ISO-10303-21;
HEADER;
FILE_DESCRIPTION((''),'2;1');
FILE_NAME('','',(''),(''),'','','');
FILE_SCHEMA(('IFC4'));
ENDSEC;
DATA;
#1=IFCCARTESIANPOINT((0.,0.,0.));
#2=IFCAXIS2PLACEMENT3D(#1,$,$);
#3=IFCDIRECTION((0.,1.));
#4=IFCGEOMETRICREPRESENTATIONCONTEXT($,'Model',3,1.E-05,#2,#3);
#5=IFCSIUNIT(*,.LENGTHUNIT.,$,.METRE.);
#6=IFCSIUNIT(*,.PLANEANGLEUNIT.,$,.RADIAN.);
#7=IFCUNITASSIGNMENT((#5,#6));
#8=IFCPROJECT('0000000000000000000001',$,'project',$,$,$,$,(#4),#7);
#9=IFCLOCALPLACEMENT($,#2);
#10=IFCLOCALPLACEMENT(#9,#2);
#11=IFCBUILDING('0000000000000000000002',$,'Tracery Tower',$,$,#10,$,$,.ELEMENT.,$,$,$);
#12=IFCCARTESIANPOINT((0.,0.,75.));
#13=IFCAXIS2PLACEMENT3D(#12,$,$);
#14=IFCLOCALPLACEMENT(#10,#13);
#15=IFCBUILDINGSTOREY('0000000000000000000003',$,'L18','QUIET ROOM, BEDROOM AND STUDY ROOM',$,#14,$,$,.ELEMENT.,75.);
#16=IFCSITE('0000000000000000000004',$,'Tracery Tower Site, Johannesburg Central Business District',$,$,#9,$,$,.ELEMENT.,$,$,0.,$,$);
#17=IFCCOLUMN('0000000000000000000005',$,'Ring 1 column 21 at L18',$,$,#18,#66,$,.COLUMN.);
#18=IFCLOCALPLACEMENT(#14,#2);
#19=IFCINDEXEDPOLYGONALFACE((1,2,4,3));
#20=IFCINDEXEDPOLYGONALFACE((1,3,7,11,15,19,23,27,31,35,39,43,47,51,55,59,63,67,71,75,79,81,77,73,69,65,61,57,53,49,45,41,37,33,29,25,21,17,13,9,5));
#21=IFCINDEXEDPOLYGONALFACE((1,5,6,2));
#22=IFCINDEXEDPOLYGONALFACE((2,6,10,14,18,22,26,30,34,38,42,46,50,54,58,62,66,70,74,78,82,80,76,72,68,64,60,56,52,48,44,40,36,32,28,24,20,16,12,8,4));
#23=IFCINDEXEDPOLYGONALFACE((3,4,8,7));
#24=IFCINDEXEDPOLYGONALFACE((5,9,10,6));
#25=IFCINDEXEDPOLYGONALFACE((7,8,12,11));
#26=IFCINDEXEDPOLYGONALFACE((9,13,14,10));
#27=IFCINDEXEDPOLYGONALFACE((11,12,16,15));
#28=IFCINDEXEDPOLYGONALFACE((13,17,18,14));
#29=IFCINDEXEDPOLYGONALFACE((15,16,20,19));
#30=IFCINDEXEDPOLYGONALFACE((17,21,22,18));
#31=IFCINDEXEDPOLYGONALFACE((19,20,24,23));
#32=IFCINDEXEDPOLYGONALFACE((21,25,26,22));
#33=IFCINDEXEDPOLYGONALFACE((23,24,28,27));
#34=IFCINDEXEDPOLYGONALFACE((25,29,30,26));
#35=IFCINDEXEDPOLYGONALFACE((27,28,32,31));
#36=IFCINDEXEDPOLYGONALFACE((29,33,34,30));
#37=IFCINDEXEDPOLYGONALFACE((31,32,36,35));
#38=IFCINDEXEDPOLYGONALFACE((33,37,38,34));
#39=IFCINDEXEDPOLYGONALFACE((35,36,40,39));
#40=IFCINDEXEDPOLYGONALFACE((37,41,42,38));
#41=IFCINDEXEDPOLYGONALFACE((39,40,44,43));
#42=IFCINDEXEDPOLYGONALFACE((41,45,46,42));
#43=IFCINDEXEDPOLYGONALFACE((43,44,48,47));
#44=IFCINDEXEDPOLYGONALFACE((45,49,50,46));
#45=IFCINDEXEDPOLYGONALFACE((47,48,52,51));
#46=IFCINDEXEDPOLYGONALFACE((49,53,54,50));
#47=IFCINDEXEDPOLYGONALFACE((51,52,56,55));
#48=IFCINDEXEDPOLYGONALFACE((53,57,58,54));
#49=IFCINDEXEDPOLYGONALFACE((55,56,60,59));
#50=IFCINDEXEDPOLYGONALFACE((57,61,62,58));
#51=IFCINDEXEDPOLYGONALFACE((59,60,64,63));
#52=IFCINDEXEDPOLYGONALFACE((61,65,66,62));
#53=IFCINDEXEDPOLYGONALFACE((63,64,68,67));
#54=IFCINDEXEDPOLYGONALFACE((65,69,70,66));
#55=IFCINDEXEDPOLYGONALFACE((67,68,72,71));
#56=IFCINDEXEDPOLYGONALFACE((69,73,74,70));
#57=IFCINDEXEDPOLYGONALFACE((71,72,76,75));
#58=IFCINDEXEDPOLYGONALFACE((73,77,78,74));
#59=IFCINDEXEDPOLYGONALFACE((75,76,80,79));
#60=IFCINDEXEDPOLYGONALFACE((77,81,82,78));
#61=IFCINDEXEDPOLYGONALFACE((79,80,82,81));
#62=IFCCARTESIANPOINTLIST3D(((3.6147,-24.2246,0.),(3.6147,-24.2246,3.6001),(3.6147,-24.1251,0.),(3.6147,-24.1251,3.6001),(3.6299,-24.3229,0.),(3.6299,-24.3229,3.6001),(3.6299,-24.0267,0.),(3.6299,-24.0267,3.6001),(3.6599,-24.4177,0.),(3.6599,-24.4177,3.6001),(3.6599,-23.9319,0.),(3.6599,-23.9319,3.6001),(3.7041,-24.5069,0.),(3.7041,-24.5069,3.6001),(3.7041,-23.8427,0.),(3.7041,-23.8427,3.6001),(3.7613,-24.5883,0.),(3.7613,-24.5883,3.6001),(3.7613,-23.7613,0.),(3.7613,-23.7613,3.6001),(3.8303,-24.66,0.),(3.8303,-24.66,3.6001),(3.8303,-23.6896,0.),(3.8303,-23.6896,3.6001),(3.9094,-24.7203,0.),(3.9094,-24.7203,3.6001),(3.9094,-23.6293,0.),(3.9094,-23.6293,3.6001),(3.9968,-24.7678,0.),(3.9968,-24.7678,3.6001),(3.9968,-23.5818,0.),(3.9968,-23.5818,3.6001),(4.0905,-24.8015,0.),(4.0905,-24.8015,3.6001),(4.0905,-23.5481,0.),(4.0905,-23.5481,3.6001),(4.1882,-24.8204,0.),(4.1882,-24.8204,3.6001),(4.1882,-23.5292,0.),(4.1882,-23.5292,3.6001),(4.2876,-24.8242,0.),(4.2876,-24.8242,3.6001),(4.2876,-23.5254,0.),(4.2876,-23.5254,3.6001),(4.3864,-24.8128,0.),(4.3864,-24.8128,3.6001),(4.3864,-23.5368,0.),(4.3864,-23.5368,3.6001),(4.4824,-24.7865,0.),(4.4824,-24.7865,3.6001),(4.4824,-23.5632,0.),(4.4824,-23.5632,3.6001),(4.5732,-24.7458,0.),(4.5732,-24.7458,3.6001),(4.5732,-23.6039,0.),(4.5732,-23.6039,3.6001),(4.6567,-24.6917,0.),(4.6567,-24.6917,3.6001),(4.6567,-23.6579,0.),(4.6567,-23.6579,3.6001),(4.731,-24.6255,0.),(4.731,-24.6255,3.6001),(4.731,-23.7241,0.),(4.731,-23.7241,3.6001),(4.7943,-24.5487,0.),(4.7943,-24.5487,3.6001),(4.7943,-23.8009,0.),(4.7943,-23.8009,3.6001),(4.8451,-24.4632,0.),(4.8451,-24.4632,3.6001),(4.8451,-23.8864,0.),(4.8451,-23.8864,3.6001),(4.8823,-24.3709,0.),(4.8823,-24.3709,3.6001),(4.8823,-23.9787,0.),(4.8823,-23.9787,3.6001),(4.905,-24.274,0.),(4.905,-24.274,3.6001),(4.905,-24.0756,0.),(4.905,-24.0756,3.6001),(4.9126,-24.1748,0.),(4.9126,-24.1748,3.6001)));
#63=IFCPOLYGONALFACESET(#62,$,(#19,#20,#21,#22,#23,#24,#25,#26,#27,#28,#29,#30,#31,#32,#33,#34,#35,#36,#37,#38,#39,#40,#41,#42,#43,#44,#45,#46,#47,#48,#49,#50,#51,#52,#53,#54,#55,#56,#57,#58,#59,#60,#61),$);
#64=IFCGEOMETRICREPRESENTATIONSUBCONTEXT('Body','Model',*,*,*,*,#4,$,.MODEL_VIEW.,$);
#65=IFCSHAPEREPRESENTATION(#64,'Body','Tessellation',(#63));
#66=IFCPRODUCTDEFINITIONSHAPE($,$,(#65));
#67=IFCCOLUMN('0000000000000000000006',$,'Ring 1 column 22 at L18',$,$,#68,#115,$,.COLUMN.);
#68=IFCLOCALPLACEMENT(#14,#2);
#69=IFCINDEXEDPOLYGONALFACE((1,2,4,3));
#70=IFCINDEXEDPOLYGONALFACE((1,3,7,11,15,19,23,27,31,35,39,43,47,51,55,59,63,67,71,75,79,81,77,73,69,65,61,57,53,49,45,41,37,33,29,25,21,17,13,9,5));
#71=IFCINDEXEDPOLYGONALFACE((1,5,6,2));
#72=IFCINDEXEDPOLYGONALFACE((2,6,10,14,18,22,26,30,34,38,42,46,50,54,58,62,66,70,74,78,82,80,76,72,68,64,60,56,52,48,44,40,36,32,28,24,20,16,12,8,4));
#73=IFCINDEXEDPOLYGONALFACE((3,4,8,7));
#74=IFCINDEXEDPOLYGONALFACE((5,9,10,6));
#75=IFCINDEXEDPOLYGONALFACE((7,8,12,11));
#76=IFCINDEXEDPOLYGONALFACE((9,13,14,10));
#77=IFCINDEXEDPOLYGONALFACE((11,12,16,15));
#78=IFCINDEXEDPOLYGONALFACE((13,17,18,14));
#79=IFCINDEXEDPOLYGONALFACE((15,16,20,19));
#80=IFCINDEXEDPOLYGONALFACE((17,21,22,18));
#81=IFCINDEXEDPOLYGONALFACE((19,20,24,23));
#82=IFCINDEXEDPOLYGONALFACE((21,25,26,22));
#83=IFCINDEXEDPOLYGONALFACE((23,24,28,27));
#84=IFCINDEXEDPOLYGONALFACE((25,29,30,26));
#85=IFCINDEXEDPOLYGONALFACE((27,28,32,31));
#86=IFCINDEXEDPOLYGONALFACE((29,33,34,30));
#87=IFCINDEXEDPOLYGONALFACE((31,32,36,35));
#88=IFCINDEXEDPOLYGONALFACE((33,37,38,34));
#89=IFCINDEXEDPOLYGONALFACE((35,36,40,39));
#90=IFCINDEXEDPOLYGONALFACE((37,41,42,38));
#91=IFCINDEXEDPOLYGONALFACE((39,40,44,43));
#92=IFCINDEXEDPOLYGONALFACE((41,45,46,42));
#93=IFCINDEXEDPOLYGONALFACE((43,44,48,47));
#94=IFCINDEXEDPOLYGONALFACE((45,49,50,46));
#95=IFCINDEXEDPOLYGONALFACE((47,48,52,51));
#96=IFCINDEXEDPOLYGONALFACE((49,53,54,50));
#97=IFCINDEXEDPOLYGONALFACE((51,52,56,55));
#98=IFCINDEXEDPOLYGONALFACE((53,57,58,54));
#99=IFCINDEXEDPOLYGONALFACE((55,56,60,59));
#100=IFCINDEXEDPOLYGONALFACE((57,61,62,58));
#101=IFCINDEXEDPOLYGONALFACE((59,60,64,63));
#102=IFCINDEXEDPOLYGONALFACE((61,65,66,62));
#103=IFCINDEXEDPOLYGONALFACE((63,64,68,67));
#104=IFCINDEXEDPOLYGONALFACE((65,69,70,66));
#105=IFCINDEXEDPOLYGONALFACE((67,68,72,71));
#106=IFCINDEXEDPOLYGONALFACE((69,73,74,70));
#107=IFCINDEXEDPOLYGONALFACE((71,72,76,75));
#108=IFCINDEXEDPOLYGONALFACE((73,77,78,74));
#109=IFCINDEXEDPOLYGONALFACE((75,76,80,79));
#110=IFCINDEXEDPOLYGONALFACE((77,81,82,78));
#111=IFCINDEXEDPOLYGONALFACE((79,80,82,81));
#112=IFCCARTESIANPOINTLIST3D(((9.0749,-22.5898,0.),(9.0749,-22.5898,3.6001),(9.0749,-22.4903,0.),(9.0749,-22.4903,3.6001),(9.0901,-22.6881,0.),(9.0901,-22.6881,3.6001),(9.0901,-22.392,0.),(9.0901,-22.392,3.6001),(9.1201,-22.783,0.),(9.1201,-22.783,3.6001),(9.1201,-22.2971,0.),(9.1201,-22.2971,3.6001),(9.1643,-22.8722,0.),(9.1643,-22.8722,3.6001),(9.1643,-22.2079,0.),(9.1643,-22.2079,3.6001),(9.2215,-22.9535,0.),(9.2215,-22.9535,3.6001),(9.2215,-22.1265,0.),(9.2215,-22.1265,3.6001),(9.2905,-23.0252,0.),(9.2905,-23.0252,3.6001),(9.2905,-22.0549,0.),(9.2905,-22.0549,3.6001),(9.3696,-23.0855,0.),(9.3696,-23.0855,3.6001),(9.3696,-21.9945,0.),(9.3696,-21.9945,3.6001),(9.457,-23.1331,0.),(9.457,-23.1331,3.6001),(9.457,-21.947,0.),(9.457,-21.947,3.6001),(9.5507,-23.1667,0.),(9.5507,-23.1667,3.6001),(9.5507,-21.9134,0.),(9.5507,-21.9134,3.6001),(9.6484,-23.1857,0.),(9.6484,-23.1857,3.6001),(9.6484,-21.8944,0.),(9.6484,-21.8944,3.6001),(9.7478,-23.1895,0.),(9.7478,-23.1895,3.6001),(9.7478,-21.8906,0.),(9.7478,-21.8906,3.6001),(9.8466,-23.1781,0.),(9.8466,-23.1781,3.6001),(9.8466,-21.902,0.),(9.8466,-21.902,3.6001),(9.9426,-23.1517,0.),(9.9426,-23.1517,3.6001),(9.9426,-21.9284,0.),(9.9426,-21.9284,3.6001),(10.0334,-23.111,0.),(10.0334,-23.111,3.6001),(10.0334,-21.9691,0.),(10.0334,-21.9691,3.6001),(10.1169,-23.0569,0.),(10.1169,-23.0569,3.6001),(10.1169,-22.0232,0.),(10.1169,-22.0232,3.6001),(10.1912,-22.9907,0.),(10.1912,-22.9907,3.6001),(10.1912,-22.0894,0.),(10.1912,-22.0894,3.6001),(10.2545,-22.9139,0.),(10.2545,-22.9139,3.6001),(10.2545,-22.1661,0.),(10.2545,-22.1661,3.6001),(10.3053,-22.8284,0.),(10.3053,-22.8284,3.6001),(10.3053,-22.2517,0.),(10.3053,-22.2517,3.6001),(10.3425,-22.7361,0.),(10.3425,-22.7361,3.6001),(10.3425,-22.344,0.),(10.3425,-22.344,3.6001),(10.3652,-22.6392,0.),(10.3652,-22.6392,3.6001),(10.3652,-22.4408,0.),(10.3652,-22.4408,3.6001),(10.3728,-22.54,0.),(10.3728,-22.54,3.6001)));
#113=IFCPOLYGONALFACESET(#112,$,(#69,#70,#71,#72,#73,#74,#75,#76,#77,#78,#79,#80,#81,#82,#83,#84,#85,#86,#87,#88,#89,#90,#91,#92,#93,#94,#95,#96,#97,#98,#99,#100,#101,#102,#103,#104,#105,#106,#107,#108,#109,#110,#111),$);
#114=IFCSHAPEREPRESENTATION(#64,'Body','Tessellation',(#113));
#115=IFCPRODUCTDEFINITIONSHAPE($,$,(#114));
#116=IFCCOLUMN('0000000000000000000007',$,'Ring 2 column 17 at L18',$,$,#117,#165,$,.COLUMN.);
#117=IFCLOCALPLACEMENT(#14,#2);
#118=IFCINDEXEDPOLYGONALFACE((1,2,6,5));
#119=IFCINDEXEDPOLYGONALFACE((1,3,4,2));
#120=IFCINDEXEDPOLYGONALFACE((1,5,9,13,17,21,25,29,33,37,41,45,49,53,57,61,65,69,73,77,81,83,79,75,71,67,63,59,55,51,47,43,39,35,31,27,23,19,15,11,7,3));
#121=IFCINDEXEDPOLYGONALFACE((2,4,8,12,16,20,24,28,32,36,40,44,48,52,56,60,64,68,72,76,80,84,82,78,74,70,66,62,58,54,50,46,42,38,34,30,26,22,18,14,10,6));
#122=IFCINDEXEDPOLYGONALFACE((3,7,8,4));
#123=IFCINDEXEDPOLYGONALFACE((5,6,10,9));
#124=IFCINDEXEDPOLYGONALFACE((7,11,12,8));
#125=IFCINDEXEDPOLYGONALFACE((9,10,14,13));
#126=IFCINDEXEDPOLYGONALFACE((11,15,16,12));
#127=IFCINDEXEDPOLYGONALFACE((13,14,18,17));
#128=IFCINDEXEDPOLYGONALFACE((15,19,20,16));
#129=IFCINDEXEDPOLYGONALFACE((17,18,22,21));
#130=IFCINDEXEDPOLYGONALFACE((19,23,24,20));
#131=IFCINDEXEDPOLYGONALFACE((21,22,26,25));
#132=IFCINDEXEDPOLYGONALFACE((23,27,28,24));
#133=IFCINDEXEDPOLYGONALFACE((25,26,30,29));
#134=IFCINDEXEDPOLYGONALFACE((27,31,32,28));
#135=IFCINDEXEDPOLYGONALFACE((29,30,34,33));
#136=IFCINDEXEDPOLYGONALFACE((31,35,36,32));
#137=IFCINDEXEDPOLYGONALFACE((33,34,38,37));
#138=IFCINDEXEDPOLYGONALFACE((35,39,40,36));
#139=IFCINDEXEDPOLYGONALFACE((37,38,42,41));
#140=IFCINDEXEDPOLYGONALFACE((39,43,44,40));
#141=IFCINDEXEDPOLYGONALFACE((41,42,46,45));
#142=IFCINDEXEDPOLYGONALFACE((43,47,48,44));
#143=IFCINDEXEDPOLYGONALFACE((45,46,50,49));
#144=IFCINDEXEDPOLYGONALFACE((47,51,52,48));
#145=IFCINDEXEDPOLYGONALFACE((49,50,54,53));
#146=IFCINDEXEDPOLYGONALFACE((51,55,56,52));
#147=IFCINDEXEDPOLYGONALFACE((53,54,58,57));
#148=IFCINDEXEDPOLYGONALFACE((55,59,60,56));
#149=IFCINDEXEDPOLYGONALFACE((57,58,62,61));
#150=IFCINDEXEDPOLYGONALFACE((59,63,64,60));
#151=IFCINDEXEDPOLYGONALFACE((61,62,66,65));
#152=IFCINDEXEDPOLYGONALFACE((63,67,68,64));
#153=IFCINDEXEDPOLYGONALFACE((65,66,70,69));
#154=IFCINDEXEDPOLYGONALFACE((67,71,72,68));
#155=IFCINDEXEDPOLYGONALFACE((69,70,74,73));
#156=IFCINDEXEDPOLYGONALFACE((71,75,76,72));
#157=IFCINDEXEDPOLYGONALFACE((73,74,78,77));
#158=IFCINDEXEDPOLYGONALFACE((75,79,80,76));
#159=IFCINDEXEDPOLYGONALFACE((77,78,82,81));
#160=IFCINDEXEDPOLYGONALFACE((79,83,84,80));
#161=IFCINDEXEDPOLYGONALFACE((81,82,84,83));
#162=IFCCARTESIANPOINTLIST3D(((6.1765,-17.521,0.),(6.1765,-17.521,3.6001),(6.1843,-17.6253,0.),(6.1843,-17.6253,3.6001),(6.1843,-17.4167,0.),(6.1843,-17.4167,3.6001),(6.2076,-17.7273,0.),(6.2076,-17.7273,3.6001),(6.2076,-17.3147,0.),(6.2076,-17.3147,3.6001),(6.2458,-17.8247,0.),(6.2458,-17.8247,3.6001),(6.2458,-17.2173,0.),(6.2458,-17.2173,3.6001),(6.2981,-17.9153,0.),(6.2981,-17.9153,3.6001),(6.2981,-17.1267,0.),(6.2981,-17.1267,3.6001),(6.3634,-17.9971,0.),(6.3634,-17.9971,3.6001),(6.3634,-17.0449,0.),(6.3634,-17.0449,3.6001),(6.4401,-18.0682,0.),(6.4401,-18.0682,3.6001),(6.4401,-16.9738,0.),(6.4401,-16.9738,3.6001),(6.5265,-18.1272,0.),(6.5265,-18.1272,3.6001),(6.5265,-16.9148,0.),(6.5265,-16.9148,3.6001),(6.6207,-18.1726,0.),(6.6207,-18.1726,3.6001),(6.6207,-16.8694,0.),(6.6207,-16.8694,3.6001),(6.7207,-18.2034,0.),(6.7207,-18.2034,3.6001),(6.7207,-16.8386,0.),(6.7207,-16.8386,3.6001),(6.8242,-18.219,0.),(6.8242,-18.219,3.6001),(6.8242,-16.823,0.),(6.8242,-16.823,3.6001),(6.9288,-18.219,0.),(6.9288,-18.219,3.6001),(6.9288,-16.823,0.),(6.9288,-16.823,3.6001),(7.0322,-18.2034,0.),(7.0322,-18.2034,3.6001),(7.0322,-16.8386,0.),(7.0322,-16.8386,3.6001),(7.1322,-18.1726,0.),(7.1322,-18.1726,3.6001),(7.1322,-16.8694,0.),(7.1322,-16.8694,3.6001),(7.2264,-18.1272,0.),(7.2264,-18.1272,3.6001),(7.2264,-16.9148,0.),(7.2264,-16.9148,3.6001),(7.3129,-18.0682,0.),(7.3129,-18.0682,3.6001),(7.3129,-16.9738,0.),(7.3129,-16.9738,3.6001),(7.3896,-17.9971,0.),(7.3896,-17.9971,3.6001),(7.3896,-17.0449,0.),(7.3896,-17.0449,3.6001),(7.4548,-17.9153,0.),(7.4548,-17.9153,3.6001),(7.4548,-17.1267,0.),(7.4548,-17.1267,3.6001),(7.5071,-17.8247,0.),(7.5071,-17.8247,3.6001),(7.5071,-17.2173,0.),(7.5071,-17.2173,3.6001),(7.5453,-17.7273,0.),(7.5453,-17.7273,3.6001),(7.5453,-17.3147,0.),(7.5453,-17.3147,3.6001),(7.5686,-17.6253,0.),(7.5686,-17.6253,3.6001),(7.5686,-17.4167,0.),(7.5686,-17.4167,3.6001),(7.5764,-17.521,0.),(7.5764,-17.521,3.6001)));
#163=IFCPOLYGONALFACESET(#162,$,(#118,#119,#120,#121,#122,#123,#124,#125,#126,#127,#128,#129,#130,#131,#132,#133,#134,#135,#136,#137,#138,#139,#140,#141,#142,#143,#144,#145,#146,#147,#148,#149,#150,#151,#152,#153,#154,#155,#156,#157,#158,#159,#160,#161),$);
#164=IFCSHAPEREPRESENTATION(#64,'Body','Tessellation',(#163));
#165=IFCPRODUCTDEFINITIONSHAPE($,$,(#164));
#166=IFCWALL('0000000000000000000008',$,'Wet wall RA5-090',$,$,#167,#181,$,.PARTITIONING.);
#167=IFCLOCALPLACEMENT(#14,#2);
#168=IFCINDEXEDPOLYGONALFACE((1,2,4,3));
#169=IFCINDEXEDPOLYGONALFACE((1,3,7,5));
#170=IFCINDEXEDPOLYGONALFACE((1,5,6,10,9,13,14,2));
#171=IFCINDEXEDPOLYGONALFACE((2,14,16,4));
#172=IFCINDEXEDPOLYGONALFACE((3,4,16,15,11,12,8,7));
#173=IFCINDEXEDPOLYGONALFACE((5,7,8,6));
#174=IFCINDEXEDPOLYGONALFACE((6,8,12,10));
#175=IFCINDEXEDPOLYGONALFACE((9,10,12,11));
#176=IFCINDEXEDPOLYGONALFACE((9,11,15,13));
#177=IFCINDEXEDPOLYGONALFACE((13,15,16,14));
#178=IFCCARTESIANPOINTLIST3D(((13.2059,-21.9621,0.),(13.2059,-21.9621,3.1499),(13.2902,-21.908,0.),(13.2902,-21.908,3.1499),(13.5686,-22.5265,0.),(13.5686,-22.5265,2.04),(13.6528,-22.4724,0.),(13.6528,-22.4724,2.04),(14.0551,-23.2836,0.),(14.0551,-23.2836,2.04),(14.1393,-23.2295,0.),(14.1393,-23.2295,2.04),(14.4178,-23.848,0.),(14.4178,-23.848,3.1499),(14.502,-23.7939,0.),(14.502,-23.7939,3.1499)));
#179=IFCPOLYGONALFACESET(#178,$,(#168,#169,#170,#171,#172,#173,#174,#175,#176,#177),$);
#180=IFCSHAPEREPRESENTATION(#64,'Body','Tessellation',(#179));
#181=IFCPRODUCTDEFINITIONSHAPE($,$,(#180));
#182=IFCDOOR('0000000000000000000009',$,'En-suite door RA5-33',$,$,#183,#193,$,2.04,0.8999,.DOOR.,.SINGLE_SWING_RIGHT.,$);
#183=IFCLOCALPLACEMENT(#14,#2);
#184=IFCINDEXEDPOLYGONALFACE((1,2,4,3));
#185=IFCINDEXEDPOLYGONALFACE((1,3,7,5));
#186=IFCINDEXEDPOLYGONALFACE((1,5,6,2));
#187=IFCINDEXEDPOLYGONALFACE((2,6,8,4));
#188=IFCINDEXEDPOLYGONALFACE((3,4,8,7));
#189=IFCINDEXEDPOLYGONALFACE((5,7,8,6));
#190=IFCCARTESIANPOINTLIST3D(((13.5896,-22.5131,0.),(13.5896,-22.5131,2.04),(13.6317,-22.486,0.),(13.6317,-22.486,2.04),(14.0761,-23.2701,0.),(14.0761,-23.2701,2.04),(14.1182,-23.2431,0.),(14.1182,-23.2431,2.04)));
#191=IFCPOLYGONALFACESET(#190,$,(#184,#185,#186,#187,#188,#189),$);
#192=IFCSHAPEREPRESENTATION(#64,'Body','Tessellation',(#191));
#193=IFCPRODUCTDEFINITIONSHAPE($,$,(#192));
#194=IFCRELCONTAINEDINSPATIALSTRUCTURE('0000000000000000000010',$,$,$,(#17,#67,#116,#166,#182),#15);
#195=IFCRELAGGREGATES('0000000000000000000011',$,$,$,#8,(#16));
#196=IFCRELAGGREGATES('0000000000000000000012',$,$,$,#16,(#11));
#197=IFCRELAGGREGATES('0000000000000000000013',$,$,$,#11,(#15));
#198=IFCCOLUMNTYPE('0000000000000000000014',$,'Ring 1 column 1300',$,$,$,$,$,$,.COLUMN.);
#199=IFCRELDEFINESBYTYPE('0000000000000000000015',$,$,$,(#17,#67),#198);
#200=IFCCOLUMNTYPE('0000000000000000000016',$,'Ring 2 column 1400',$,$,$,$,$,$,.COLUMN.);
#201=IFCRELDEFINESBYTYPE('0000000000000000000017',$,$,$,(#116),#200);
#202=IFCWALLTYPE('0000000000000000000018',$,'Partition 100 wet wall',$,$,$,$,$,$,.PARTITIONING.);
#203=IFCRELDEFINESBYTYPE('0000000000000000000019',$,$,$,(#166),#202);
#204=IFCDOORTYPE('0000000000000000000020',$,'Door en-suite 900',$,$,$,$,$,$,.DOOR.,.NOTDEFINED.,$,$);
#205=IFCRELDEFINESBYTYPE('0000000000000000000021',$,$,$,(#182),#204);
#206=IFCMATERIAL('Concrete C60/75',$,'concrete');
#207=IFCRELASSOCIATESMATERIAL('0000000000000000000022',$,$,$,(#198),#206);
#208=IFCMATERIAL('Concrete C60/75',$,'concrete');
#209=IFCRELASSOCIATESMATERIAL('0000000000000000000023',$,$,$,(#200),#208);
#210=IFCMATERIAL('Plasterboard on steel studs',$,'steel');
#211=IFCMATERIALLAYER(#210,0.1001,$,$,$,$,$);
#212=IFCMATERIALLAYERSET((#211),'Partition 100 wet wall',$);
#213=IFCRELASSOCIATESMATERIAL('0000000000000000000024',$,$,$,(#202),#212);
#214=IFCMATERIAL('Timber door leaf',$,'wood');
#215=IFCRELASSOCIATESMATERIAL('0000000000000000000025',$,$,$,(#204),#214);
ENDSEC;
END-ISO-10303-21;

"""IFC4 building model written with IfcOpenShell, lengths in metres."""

from ifc_helpers import new_model, si_unit, direction, frame, frame_2d, origin, origin_2d, place, context, subcontext, project, spatial, rectangle, circle, extrude, material, layer, layer_set, material_profile, profile_set, type_object, element, fill, save


model = new_model("IFC4")

# Units and contexts
model_context = context("Model", 3, precision=1e-05, world=origin(), true_north=direction((0.0, 1.0)))
body_context = subcontext(model_context, "Body", "Model", "MODEL_VIEW")
ifc_project = project(units=[si_unit("LENGTHUNIT", "METRE"), si_unit("PLANEANGLEUNIT", "RADIAN")], contexts=[model_context])

# Site, building, storey
site_placement = place(None, origin())
site = spatial("IfcSite", under=ifc_project, at=site_placement, Name="Tracery Tower Site, Johannesburg Central Business District", CompositionType="ELEMENT", RefElevation=0.0)
building_placement = place(site_placement, origin())
building = spatial("IfcBuilding", under=site, at=building_placement, Name="Tracery Tower", CompositionType="ELEMENT")
storey_placement = place(building_placement, frame((0.0, 0.0, 75.0)))
storey = spatial("IfcBuildingStorey", under=building, at=storey_placement, Name="L18", Description="QUIET ROOM, BEDROOM AND STUDY ROOM", CompositionType="ELEMENT", Elevation=75.0)

# Columns
ifc_material_1 = material(Name="Concrete C60/75", Category="concrete")
ifc_material_profile_1 = material_profile(ifc_material_1, circle(Radius=0.6499, at=origin_2d()), Name="RC D1300")
ifc_profile_set_1 = profile_set([ifc_material_profile_1], Name="Concrete C60/75")
column_type_1 = type_object("IfcColumnType", Name="Ring 1 column 1300", PredefinedType="COLUMN", material=ifc_profile_set_1)
for number, where, z_axis, x_axis, name in (
    (1, (4.2627, -24.1748, 0.0), (0.0, 0.0, 1.0), (1.0, 0.0, 0.0), "Ring 1 column 21 at L18"),
    (2, (9.7229, -22.54, 0.0), (0.0, 0.0, 1.0), (1.0, 0.0, 0.0), "Ring 1 column 22 at L18"),
):
    element("IfcColumn", number, at=place(storey_placement, frame(where, z_axis=z_axis, x_axis=x_axis)), inside=storey, type_object=column_type_1, Name=name, PredefinedType="COLUMN", context=body_context, shape_type="SweptSolid", body=[
        extrude(circle(Radius=0.6499, at=origin_2d()), origin(), (0.0, 0.0, 1.0), 3.6001),
    ])
ifc_material_2 = material(Name="Concrete C60/75", Category="concrete")
ifc_material_profile_2 = material_profile(ifc_material_2, circle(Radius=0.7, at=origin_2d()), Name="RC D1400")
ifc_profile_set_2 = profile_set([ifc_material_profile_2], Name="Concrete C60/75")
column_type_2 = type_object("IfcColumnType", Name="Ring 2 column 1400", PredefinedType="COLUMN", material=ifc_profile_set_2)
column_placement = place(storey_placement, frame((6.8765, -17.521, 0.0), z_axis=(0.0, 0.0, 1.0), x_axis=(1.0, 0.0, 0.0)))
element("IfcColumn", 3, at=column_placement, inside=storey, type_object=column_type_2, Name="Ring 2 column 17 at L18", PredefinedType="COLUMN", context=body_context, shape_type="SweptSolid", body=[
    extrude(circle(Radius=0.7, at=origin_2d()), origin(), (0.0, 0.0, 1.0), 3.6001),
])

# Wall, opening, door
ifc_material_3 = material(Name="Plasterboard on steel studs", Category="steel")
ifc_layer_1 = layer(ifc_material_3, 0.1001)
ifc_layer_set_1 = layer_set([ifc_layer_1], Name="Partition 100 wet wall")
wall_type_1 = type_object("IfcWallType", Name="Partition 100 wet wall", PredefinedType="PARTITIONING", material=ifc_layer_set_1)
wall_1_placement = place(storey_placement, frame((13.248, -21.9351, 0.0), z_axis=(0.0, 0.0, 1.0), x_axis=(0.540598, -0.841281, 0.0)))
wall_1 = element("IfcWall", 4, at=wall_1_placement, inside=storey, type_object=wall_type_1, Name="Wet wall RA5-090", PredefinedType="PARTITIONING", context=body_context, shape_type="SweptSolid", body=[
    extrude(rectangle(XDim=2.2417, YDim=0.1001, at=frame_2d((1.1208, 0.0))), origin(), (0.0, 0.0, 1.0), 3.1499),
])
opening_1_placement = place(wall_1_placement, frame((0.6709, 0.0, 0.0)))
opening_1 = element("IfcOpeningElement", 5, at=opening_1_placement, cuts=wall_1, PredefinedType="OPENING", context=body_context, shape_type="SweptSolid", body=[
    extrude(rectangle(XDim=0.8999, YDim=2.04, at=frame_2d((0.45, 1.02))), frame((0.0, 0.05, 0.0), z_axis=(0.0, -1.0, 0.0), x_axis=(1.0, 0.0, 0.0)), (0.0, 0.0, 1.0), 0.1001),
])
ifc_material_4 = material(Name="Timber door leaf", Category="wood")
door_type_1 = type_object("IfcDoorType", Name="Door en-suite 900", OperationType="NOTDEFINED", PredefinedType="DOOR", material=ifc_material_4)
door_1_placement = place(opening_1_placement, origin())
door_1 = element("IfcDoor", 6, at=door_1_placement, inside=storey, type_object=door_type_1, Name="En-suite door RA5-33", OperationType="SINGLE_SWING_RIGHT", OverallHeight=2.04, OverallWidth=0.8999, PredefinedType="DOOR", context=body_context, shape_type="SweptSolid", body=[
    extrude(rectangle(XDim=0.8999, YDim=2.04, at=frame_2d((0.45, 1.02))), frame((0.0, 0.0249, 0.0), z_axis=(0.0, -1.0, 0.0), x_axis=(1.0, 0.0, 0.0)), (0.0, 0.0, 1.0), 0.05),
])
fill(opening_1, door_1)

save(model, "model.ifc")
